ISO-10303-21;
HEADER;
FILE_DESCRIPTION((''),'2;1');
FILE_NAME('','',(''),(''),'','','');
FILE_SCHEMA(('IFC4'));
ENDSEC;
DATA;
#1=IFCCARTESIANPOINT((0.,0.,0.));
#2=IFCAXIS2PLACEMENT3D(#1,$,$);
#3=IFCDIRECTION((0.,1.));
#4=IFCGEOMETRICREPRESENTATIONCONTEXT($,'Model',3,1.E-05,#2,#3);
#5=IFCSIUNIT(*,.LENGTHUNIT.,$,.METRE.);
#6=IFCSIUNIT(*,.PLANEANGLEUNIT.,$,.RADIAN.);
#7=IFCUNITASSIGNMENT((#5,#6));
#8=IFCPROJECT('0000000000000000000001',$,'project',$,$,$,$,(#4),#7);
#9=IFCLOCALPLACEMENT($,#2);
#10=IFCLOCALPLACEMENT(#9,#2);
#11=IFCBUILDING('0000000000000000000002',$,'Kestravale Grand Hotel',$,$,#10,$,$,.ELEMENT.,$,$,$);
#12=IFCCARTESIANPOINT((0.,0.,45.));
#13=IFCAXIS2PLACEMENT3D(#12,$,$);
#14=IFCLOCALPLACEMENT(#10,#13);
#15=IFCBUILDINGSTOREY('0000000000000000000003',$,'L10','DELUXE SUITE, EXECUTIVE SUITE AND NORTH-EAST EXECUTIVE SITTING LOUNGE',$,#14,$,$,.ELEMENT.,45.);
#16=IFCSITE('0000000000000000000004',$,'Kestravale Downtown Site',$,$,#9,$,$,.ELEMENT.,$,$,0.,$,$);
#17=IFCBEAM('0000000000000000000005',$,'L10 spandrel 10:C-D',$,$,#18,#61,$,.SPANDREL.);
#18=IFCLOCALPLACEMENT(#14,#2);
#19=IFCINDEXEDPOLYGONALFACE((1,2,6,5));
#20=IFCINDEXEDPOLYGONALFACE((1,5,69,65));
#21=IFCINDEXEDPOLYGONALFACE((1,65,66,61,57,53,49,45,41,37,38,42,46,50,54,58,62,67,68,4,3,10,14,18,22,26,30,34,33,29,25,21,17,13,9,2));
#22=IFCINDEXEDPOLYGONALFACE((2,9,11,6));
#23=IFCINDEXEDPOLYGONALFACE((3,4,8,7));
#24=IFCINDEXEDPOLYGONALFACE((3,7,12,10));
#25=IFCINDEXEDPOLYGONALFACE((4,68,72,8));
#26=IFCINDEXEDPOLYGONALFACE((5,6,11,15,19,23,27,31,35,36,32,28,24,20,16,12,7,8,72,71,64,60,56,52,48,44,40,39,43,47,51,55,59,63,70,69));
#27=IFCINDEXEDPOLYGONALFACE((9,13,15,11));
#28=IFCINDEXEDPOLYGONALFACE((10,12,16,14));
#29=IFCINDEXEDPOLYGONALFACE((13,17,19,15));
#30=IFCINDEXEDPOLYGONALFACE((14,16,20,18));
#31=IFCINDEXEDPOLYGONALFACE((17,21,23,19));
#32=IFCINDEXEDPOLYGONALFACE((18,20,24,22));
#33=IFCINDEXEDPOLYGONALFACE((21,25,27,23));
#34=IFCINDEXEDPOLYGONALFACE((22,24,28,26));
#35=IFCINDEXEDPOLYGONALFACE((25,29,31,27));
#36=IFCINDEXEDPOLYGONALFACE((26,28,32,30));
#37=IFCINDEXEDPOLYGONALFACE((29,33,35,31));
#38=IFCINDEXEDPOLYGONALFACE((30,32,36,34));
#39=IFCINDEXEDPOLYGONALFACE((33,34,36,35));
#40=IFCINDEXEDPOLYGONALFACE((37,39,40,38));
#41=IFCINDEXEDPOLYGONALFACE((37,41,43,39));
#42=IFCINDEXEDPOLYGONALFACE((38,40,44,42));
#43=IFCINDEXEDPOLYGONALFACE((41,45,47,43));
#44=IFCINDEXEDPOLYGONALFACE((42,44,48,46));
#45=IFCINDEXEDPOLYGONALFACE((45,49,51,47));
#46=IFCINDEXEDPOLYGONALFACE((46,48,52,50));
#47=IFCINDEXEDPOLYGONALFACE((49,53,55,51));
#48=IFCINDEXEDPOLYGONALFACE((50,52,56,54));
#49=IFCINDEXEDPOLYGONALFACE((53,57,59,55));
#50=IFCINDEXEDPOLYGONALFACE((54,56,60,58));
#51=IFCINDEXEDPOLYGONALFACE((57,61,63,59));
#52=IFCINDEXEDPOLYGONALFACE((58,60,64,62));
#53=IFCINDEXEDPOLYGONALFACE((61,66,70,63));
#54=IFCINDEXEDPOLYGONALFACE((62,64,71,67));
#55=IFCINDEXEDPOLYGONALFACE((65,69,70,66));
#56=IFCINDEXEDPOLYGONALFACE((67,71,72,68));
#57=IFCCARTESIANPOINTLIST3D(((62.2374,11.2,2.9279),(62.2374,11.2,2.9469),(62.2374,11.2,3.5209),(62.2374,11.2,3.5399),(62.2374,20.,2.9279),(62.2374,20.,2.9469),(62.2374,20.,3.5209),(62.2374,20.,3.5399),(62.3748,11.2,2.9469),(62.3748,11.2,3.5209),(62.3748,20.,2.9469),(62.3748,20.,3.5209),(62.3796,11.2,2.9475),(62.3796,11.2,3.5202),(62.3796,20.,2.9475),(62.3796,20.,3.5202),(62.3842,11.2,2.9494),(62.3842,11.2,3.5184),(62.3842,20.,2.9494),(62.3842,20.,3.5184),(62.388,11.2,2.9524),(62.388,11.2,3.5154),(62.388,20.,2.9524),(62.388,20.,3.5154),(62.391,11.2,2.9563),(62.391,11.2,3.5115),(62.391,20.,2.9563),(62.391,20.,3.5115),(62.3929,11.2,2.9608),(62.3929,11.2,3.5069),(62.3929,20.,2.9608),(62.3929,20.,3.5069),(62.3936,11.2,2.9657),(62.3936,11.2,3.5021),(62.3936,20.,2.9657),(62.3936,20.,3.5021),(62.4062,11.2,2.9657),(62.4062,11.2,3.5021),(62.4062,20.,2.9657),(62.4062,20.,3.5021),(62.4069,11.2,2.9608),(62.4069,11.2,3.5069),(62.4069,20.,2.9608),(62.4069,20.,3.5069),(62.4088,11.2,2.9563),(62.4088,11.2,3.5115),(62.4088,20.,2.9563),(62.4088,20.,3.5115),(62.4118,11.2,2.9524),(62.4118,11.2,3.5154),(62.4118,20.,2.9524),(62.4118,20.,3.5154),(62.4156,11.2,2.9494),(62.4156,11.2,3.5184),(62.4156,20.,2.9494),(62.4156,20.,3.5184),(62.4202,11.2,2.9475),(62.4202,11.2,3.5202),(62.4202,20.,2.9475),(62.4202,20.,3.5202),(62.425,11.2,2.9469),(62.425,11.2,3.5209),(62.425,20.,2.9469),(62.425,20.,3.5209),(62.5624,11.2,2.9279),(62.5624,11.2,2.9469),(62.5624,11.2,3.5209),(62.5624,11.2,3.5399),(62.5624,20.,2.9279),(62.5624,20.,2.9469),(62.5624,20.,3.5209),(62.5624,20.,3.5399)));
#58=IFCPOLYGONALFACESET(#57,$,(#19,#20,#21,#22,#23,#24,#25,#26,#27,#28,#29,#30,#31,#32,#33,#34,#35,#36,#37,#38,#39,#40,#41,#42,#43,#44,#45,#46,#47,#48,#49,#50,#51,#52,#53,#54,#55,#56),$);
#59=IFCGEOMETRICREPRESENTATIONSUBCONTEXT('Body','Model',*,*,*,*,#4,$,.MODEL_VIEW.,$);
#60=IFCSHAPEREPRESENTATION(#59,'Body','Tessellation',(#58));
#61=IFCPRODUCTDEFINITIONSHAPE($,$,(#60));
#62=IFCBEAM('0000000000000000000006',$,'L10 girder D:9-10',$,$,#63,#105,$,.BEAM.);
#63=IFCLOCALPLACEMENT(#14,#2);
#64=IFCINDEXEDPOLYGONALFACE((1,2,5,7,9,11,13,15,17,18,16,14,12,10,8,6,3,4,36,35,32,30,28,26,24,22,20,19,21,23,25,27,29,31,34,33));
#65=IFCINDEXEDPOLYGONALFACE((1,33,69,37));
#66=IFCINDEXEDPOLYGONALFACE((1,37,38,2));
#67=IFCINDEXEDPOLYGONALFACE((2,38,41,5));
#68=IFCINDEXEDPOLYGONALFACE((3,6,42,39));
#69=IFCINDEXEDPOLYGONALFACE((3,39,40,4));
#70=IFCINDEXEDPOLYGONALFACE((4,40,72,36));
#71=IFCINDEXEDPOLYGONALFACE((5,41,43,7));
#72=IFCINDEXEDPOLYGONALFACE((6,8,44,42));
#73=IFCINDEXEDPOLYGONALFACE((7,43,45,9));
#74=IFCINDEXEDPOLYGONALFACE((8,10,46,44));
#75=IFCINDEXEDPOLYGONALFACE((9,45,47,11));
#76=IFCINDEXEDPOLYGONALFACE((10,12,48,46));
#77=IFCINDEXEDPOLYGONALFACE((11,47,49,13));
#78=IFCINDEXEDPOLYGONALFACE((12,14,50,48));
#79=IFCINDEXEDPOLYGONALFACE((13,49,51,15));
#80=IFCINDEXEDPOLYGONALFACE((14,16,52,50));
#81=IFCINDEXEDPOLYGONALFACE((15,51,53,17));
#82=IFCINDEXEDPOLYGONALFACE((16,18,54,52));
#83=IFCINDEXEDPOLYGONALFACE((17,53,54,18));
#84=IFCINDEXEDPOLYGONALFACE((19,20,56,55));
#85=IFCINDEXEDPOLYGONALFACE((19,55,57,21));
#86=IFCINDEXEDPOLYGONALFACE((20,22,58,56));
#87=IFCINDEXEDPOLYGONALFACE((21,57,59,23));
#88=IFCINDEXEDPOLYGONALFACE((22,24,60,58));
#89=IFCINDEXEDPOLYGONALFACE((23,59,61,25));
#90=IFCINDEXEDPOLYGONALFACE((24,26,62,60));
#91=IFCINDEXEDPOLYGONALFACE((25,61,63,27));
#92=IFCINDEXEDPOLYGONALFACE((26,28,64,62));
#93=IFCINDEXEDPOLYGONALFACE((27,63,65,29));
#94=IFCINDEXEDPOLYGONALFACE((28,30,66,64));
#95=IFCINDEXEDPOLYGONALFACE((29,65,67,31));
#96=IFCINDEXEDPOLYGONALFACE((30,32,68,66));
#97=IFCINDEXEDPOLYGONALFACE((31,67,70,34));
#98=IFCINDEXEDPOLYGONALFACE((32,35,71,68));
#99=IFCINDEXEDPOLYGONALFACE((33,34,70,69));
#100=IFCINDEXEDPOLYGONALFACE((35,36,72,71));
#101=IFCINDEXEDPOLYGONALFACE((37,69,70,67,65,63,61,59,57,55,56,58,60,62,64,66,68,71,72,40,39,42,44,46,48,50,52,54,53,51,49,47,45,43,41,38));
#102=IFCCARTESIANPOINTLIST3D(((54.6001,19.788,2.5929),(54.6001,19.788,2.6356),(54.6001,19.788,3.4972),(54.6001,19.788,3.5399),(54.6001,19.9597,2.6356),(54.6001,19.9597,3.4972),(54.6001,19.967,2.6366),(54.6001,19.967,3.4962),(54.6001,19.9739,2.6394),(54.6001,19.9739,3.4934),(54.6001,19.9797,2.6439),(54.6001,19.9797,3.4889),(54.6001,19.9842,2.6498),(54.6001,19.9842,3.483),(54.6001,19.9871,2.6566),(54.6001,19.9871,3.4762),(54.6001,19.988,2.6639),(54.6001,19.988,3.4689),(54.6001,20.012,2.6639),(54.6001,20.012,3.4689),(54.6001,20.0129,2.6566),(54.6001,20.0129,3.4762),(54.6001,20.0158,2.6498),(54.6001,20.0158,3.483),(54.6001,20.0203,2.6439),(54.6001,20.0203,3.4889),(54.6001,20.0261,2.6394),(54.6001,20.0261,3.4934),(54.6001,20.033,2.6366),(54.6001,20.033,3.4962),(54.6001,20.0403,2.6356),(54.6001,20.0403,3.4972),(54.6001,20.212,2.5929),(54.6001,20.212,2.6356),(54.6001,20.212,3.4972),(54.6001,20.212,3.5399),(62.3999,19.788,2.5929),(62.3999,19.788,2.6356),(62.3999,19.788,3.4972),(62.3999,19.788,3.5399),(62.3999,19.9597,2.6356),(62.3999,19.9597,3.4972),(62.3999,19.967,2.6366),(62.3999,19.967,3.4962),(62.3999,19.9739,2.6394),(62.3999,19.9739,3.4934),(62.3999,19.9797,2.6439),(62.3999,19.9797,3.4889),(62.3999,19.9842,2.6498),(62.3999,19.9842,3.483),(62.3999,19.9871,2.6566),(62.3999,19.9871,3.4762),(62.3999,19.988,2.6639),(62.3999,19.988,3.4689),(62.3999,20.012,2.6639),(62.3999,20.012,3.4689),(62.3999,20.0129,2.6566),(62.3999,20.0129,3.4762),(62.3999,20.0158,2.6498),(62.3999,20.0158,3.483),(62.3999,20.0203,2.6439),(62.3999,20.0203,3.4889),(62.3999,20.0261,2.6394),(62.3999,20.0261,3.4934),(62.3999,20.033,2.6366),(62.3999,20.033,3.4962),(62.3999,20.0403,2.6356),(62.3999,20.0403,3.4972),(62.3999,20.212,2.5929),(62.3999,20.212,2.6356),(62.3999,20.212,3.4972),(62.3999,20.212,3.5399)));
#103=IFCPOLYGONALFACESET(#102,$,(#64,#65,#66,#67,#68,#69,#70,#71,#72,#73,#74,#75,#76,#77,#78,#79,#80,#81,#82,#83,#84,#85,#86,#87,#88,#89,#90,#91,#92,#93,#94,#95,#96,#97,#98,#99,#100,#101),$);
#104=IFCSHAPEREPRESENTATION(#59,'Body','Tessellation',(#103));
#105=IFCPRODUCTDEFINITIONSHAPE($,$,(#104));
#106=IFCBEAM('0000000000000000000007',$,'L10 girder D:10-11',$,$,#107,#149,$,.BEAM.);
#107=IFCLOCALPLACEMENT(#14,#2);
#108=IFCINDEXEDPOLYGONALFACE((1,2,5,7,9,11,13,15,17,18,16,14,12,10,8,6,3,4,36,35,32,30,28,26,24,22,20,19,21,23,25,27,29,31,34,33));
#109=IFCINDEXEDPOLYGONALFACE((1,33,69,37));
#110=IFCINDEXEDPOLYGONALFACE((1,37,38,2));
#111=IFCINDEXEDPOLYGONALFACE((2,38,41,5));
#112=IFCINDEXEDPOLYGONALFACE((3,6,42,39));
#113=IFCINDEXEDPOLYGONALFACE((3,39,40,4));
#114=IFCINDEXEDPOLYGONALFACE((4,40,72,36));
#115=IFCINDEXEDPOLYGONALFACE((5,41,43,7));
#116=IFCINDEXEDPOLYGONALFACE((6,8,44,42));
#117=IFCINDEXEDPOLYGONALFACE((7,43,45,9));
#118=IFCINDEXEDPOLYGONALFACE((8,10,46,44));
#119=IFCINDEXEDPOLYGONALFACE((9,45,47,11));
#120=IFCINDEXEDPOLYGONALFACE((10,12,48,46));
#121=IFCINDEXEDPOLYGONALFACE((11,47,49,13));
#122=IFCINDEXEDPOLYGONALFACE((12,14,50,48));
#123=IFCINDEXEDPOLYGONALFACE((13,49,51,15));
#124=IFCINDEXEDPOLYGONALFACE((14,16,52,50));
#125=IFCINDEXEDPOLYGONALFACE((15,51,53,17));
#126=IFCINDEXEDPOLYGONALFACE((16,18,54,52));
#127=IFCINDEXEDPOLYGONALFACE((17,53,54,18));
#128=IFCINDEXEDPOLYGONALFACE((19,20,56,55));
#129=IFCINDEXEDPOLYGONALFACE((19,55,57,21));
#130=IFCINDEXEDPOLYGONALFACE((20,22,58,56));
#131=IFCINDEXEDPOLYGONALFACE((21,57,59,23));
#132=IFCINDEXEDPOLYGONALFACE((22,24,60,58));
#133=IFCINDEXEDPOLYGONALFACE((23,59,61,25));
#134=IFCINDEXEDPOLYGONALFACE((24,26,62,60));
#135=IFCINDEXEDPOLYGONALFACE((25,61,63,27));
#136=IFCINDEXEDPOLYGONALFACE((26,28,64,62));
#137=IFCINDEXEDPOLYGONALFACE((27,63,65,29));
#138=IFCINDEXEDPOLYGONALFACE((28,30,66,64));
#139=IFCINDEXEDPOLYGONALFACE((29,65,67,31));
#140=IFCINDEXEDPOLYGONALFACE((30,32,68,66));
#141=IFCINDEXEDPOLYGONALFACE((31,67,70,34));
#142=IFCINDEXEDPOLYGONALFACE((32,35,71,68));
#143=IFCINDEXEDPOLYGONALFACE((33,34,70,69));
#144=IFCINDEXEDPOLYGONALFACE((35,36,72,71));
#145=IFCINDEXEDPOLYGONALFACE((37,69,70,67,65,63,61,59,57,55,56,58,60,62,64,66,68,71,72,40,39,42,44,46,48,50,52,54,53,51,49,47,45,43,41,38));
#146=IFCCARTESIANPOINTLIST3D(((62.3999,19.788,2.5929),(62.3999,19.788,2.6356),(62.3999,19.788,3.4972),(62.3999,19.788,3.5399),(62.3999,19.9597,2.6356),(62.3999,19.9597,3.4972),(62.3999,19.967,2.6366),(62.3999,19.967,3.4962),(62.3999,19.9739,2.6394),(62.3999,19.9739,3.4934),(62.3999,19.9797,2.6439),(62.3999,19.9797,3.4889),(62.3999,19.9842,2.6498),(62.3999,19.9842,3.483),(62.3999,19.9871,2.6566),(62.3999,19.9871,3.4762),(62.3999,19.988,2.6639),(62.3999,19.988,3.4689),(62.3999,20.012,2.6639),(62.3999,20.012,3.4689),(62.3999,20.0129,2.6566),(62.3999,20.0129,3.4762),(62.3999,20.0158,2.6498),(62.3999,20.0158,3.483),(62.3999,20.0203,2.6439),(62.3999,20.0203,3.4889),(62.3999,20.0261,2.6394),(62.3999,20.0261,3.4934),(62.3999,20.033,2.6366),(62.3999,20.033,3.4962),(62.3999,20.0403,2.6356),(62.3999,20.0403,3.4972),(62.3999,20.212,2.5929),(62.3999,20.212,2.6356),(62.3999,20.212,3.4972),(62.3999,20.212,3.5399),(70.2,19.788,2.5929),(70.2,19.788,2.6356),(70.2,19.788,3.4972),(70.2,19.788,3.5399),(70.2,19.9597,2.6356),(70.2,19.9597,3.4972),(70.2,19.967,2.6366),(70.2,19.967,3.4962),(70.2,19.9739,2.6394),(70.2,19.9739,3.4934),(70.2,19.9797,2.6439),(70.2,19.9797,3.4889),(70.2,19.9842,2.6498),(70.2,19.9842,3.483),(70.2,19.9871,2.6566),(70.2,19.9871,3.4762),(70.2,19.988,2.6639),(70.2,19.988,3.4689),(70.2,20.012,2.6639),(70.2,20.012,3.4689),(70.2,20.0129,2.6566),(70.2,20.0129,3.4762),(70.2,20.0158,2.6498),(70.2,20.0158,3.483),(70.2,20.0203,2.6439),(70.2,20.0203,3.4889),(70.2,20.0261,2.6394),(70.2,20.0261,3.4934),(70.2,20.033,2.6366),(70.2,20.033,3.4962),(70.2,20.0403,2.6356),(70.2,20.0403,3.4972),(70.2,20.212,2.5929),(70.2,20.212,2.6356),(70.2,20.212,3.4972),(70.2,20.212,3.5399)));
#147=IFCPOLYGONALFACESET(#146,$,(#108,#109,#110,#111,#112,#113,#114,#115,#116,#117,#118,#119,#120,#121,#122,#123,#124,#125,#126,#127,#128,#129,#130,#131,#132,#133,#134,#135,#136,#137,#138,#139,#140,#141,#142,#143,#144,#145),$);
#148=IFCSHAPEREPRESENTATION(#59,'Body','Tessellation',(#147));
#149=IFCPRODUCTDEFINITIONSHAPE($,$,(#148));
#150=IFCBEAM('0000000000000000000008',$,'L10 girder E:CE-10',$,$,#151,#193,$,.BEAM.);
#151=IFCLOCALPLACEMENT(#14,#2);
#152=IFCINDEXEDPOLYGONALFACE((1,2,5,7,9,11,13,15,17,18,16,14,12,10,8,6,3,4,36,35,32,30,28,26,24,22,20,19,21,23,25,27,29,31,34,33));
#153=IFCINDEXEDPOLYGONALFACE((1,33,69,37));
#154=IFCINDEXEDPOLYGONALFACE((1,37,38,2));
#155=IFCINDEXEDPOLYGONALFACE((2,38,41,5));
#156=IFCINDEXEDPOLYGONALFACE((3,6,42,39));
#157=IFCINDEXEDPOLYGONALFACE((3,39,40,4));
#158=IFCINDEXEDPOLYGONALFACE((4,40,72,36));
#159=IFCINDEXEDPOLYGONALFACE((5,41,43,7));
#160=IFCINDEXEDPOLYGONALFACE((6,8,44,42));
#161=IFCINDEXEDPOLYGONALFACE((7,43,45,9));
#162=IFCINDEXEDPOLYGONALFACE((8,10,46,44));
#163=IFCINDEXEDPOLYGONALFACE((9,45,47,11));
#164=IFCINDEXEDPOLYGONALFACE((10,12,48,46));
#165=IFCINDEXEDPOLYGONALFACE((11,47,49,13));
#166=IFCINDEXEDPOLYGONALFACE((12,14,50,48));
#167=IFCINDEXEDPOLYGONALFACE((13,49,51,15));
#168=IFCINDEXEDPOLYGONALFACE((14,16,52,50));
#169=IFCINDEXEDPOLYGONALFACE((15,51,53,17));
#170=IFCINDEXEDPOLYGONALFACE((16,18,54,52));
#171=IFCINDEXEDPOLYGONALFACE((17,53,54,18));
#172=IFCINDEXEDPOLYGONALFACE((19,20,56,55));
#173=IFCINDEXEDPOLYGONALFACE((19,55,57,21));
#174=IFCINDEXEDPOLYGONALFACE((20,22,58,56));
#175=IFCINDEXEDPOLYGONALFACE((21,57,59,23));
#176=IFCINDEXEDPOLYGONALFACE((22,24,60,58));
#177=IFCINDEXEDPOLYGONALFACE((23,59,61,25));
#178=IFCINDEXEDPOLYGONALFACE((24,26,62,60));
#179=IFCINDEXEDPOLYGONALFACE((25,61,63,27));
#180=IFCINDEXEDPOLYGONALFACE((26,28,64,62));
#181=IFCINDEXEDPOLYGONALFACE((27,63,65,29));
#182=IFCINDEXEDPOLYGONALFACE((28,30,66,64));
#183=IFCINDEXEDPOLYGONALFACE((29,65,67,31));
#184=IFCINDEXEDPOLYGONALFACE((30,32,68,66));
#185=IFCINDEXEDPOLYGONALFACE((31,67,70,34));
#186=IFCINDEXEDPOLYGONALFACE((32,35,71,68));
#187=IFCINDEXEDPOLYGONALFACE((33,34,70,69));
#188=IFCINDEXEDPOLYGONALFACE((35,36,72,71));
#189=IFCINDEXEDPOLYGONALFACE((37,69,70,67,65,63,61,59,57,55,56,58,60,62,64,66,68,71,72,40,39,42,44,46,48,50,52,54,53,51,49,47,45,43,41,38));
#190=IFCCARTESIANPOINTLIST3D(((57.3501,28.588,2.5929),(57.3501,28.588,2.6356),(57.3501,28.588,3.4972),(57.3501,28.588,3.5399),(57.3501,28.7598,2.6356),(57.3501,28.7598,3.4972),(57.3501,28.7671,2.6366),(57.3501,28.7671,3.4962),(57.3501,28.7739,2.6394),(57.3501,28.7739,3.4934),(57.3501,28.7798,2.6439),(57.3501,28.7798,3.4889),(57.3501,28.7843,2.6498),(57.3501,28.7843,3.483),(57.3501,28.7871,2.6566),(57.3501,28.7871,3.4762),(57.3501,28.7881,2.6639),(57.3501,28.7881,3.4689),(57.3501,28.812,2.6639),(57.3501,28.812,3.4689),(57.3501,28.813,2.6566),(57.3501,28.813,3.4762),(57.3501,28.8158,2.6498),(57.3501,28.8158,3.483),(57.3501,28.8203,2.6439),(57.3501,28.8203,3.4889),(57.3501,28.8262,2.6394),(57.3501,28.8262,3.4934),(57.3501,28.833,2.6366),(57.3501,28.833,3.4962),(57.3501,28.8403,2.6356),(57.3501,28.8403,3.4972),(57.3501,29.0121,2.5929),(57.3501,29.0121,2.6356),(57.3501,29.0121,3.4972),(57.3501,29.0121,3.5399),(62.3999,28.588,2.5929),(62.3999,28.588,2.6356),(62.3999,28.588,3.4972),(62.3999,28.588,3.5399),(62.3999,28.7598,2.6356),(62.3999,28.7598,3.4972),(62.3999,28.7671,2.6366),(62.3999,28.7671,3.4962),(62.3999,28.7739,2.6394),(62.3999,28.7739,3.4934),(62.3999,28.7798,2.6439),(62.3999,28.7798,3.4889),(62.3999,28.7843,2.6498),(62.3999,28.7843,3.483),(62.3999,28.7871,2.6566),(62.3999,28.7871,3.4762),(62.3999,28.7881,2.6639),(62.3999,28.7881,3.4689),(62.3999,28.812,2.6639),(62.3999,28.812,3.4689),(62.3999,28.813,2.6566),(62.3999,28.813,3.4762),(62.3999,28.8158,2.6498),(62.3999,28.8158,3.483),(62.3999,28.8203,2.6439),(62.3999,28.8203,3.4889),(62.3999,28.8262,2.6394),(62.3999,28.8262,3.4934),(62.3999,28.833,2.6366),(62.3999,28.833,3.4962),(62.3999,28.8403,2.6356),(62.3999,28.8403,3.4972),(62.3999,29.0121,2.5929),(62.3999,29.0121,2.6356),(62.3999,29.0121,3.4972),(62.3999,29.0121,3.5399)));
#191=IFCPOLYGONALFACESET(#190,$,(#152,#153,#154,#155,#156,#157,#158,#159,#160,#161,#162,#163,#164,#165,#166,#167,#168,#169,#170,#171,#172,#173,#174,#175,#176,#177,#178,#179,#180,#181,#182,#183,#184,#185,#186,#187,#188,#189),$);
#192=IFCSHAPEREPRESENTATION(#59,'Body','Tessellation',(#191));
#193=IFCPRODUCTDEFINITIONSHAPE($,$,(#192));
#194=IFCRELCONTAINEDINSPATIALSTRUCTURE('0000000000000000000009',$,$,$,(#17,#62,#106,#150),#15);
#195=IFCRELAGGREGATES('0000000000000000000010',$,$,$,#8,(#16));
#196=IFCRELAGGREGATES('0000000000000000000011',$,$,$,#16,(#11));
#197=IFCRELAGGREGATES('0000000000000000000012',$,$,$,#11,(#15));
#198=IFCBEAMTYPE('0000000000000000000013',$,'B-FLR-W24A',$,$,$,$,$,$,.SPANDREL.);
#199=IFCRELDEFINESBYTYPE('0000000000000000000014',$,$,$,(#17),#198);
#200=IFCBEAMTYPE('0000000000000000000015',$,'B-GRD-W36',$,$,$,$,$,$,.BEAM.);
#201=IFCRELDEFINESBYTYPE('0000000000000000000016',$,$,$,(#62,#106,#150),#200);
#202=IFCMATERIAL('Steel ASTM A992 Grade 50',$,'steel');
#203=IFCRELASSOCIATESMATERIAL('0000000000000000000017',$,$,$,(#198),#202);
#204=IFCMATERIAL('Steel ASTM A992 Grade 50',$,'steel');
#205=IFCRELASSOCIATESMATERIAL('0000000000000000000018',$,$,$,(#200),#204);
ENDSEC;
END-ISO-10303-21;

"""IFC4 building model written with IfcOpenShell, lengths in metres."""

from ifc_helpers import new_model, si_unit, direction, frame, origin, origin_2d, place, context, subcontext, project, spatial, i_section, extrude, material, material_profile, profile_set, type_object, element, save


model = new_model("IFC4")

# Units and contexts
model_context = context("Model", 3, precision=1e-05, world=origin(), true_north=direction((0.0, 1.0)))
body_context = subcontext(model_context, "Body", "Model", "MODEL_VIEW")
ifc_project = project(units=[si_unit("LENGTHUNIT", "METRE"), si_unit("PLANEANGLEUNIT", "RADIAN")], contexts=[model_context])

# Site, building, storey
site_placement = place(None, origin())
site = spatial("IfcSite", under=ifc_project, at=site_placement, Name="Kestravale Downtown Site", CompositionType="ELEMENT", RefElevation=0.0)
building_placement = place(site_placement, origin())
building = spatial("IfcBuilding", under=site, at=building_placement, Name="Kestravale Grand Hotel", CompositionType="ELEMENT")
storey_placement = place(building_placement, frame((0.0, 0.0, 45.0)))
storey = spatial("IfcBuildingStorey", under=building, at=storey_placement, Name="L10", Description="DELUXE SUITE, EXECUTIVE SUITE AND NORTH-EAST EXECUTIVE SITTING LOUNGE", CompositionType="ELEMENT", Elevation=45.0)

# Beams
ifc_material_1 = material(Name="Steel ASTM A992 Grade 50", Category="steel")
ifc_material_profile_1 = material_profile(ifc_material_1, i_section(OverallWidth=0.325, OverallDepth=0.6121, WebThickness=0.0127, FlangeThickness=0.019, FilletRadius=0.0188, at=origin_2d()))
ifc_profile_set_1 = profile_set([ifc_material_profile_1], Name="Steel ASTM A992 Grade 50")
beam_type_1 = type_object("IfcBeamType", Name="B-FLR-W24A", PredefinedType="SPANDREL", material=ifc_profile_set_1)
beam_1_placement = place(storey_placement, frame((62.3999, 11.2, 3.2339), z_axis=(0.0, 1.0, 0.0), x_axis=(-1.0, 0.0, 0.0)))
element("IfcBeam", 1, at=beam_1_placement, inside=storey, type_object=beam_type_1, Name="L10 spandrel 10:C-D", PredefinedType="SPANDREL", context=body_context, shape_type="SweptSolid", body=[
    extrude(i_section(OverallWidth=0.325, OverallDepth=0.6121, WebThickness=0.0127, FlangeThickness=0.019, FilletRadius=0.0188, at=origin_2d()), origin(), (0.0, 0.0, 1.0), 8.8),
])
ifc_material_2 = material(Name="Steel ASTM A992 Grade 50", Category="steel")
ifc_material_profile_2 = material_profile(ifc_material_2, i_section(OverallWidth=0.4241, OverallDepth=0.947, WebThickness=0.0239, FlangeThickness=0.0427, FilletRadius=0.0283, at=origin_2d()))
ifc_profile_set_2 = profile_set([ifc_material_profile_2], Name="Steel ASTM A992 Grade 50")
beam_type_2 = type_object("IfcBeamType", Name="B-GRD-W36", PredefinedType="BEAM", material=ifc_profile_set_2)
beam_2_placement = place(storey_placement, frame((54.6001, 20.0, 3.0664), z_axis=(1.0, 0.0, 0.0), x_axis=(0.0, 1.0, 0.0)))
element("IfcBeam", 2, at=beam_2_placement, inside=storey, type_object=beam_type_2, Name="L10 girder D:9-10", PredefinedType="BEAM", context=body_context, shape_type="SweptSolid", body=[
    extrude(i_section(OverallWidth=0.4241, OverallDepth=0.947, WebThickness=0.0239, FlangeThickness=0.0427, FilletRadius=0.0283, at=origin_2d()), origin(), (0.0, 0.0, 1.0), 7.7998),
])
beam_3_placement = place(storey_placement, frame((62.3999, 20.0, 3.0664), z_axis=(1.0, 0.0, 0.0), x_axis=(0.0, 1.0, 0.0)))
element("IfcBeam", 3, at=beam_3_placement, inside=storey, type_object=beam_type_2, Name="L10 girder D:10-11", PredefinedType="BEAM", context=body_context, shape_type="SweptSolid", body=[
    extrude(i_section(OverallWidth=0.4241, OverallDepth=0.947, WebThickness=0.0239, FlangeThickness=0.0427, FilletRadius=0.0283, at=origin_2d()), origin(), (0.0, 0.0, 1.0), 7.8),
])
beam_4_placement = place(storey_placement, frame((57.3501, 28.8, 3.0664), z_axis=(1.0, 0.0, 0.0), x_axis=(0.0, 1.0, 0.0)))
element("IfcBeam", 4, at=beam_4_placement, inside=storey, type_object=beam_type_2, Name="L10 girder E:CE-10", PredefinedType="BEAM", context=body_context, shape_type="SweptSolid", body=[
    extrude(i_section(OverallWidth=0.4241, OverallDepth=0.947, WebThickness=0.0239, FlangeThickness=0.0427, FilletRadius=0.0283, at=origin_2d()), origin(), (0.0, 0.0, 1.0), 5.0498),
])

save(model, "model.ifc")
